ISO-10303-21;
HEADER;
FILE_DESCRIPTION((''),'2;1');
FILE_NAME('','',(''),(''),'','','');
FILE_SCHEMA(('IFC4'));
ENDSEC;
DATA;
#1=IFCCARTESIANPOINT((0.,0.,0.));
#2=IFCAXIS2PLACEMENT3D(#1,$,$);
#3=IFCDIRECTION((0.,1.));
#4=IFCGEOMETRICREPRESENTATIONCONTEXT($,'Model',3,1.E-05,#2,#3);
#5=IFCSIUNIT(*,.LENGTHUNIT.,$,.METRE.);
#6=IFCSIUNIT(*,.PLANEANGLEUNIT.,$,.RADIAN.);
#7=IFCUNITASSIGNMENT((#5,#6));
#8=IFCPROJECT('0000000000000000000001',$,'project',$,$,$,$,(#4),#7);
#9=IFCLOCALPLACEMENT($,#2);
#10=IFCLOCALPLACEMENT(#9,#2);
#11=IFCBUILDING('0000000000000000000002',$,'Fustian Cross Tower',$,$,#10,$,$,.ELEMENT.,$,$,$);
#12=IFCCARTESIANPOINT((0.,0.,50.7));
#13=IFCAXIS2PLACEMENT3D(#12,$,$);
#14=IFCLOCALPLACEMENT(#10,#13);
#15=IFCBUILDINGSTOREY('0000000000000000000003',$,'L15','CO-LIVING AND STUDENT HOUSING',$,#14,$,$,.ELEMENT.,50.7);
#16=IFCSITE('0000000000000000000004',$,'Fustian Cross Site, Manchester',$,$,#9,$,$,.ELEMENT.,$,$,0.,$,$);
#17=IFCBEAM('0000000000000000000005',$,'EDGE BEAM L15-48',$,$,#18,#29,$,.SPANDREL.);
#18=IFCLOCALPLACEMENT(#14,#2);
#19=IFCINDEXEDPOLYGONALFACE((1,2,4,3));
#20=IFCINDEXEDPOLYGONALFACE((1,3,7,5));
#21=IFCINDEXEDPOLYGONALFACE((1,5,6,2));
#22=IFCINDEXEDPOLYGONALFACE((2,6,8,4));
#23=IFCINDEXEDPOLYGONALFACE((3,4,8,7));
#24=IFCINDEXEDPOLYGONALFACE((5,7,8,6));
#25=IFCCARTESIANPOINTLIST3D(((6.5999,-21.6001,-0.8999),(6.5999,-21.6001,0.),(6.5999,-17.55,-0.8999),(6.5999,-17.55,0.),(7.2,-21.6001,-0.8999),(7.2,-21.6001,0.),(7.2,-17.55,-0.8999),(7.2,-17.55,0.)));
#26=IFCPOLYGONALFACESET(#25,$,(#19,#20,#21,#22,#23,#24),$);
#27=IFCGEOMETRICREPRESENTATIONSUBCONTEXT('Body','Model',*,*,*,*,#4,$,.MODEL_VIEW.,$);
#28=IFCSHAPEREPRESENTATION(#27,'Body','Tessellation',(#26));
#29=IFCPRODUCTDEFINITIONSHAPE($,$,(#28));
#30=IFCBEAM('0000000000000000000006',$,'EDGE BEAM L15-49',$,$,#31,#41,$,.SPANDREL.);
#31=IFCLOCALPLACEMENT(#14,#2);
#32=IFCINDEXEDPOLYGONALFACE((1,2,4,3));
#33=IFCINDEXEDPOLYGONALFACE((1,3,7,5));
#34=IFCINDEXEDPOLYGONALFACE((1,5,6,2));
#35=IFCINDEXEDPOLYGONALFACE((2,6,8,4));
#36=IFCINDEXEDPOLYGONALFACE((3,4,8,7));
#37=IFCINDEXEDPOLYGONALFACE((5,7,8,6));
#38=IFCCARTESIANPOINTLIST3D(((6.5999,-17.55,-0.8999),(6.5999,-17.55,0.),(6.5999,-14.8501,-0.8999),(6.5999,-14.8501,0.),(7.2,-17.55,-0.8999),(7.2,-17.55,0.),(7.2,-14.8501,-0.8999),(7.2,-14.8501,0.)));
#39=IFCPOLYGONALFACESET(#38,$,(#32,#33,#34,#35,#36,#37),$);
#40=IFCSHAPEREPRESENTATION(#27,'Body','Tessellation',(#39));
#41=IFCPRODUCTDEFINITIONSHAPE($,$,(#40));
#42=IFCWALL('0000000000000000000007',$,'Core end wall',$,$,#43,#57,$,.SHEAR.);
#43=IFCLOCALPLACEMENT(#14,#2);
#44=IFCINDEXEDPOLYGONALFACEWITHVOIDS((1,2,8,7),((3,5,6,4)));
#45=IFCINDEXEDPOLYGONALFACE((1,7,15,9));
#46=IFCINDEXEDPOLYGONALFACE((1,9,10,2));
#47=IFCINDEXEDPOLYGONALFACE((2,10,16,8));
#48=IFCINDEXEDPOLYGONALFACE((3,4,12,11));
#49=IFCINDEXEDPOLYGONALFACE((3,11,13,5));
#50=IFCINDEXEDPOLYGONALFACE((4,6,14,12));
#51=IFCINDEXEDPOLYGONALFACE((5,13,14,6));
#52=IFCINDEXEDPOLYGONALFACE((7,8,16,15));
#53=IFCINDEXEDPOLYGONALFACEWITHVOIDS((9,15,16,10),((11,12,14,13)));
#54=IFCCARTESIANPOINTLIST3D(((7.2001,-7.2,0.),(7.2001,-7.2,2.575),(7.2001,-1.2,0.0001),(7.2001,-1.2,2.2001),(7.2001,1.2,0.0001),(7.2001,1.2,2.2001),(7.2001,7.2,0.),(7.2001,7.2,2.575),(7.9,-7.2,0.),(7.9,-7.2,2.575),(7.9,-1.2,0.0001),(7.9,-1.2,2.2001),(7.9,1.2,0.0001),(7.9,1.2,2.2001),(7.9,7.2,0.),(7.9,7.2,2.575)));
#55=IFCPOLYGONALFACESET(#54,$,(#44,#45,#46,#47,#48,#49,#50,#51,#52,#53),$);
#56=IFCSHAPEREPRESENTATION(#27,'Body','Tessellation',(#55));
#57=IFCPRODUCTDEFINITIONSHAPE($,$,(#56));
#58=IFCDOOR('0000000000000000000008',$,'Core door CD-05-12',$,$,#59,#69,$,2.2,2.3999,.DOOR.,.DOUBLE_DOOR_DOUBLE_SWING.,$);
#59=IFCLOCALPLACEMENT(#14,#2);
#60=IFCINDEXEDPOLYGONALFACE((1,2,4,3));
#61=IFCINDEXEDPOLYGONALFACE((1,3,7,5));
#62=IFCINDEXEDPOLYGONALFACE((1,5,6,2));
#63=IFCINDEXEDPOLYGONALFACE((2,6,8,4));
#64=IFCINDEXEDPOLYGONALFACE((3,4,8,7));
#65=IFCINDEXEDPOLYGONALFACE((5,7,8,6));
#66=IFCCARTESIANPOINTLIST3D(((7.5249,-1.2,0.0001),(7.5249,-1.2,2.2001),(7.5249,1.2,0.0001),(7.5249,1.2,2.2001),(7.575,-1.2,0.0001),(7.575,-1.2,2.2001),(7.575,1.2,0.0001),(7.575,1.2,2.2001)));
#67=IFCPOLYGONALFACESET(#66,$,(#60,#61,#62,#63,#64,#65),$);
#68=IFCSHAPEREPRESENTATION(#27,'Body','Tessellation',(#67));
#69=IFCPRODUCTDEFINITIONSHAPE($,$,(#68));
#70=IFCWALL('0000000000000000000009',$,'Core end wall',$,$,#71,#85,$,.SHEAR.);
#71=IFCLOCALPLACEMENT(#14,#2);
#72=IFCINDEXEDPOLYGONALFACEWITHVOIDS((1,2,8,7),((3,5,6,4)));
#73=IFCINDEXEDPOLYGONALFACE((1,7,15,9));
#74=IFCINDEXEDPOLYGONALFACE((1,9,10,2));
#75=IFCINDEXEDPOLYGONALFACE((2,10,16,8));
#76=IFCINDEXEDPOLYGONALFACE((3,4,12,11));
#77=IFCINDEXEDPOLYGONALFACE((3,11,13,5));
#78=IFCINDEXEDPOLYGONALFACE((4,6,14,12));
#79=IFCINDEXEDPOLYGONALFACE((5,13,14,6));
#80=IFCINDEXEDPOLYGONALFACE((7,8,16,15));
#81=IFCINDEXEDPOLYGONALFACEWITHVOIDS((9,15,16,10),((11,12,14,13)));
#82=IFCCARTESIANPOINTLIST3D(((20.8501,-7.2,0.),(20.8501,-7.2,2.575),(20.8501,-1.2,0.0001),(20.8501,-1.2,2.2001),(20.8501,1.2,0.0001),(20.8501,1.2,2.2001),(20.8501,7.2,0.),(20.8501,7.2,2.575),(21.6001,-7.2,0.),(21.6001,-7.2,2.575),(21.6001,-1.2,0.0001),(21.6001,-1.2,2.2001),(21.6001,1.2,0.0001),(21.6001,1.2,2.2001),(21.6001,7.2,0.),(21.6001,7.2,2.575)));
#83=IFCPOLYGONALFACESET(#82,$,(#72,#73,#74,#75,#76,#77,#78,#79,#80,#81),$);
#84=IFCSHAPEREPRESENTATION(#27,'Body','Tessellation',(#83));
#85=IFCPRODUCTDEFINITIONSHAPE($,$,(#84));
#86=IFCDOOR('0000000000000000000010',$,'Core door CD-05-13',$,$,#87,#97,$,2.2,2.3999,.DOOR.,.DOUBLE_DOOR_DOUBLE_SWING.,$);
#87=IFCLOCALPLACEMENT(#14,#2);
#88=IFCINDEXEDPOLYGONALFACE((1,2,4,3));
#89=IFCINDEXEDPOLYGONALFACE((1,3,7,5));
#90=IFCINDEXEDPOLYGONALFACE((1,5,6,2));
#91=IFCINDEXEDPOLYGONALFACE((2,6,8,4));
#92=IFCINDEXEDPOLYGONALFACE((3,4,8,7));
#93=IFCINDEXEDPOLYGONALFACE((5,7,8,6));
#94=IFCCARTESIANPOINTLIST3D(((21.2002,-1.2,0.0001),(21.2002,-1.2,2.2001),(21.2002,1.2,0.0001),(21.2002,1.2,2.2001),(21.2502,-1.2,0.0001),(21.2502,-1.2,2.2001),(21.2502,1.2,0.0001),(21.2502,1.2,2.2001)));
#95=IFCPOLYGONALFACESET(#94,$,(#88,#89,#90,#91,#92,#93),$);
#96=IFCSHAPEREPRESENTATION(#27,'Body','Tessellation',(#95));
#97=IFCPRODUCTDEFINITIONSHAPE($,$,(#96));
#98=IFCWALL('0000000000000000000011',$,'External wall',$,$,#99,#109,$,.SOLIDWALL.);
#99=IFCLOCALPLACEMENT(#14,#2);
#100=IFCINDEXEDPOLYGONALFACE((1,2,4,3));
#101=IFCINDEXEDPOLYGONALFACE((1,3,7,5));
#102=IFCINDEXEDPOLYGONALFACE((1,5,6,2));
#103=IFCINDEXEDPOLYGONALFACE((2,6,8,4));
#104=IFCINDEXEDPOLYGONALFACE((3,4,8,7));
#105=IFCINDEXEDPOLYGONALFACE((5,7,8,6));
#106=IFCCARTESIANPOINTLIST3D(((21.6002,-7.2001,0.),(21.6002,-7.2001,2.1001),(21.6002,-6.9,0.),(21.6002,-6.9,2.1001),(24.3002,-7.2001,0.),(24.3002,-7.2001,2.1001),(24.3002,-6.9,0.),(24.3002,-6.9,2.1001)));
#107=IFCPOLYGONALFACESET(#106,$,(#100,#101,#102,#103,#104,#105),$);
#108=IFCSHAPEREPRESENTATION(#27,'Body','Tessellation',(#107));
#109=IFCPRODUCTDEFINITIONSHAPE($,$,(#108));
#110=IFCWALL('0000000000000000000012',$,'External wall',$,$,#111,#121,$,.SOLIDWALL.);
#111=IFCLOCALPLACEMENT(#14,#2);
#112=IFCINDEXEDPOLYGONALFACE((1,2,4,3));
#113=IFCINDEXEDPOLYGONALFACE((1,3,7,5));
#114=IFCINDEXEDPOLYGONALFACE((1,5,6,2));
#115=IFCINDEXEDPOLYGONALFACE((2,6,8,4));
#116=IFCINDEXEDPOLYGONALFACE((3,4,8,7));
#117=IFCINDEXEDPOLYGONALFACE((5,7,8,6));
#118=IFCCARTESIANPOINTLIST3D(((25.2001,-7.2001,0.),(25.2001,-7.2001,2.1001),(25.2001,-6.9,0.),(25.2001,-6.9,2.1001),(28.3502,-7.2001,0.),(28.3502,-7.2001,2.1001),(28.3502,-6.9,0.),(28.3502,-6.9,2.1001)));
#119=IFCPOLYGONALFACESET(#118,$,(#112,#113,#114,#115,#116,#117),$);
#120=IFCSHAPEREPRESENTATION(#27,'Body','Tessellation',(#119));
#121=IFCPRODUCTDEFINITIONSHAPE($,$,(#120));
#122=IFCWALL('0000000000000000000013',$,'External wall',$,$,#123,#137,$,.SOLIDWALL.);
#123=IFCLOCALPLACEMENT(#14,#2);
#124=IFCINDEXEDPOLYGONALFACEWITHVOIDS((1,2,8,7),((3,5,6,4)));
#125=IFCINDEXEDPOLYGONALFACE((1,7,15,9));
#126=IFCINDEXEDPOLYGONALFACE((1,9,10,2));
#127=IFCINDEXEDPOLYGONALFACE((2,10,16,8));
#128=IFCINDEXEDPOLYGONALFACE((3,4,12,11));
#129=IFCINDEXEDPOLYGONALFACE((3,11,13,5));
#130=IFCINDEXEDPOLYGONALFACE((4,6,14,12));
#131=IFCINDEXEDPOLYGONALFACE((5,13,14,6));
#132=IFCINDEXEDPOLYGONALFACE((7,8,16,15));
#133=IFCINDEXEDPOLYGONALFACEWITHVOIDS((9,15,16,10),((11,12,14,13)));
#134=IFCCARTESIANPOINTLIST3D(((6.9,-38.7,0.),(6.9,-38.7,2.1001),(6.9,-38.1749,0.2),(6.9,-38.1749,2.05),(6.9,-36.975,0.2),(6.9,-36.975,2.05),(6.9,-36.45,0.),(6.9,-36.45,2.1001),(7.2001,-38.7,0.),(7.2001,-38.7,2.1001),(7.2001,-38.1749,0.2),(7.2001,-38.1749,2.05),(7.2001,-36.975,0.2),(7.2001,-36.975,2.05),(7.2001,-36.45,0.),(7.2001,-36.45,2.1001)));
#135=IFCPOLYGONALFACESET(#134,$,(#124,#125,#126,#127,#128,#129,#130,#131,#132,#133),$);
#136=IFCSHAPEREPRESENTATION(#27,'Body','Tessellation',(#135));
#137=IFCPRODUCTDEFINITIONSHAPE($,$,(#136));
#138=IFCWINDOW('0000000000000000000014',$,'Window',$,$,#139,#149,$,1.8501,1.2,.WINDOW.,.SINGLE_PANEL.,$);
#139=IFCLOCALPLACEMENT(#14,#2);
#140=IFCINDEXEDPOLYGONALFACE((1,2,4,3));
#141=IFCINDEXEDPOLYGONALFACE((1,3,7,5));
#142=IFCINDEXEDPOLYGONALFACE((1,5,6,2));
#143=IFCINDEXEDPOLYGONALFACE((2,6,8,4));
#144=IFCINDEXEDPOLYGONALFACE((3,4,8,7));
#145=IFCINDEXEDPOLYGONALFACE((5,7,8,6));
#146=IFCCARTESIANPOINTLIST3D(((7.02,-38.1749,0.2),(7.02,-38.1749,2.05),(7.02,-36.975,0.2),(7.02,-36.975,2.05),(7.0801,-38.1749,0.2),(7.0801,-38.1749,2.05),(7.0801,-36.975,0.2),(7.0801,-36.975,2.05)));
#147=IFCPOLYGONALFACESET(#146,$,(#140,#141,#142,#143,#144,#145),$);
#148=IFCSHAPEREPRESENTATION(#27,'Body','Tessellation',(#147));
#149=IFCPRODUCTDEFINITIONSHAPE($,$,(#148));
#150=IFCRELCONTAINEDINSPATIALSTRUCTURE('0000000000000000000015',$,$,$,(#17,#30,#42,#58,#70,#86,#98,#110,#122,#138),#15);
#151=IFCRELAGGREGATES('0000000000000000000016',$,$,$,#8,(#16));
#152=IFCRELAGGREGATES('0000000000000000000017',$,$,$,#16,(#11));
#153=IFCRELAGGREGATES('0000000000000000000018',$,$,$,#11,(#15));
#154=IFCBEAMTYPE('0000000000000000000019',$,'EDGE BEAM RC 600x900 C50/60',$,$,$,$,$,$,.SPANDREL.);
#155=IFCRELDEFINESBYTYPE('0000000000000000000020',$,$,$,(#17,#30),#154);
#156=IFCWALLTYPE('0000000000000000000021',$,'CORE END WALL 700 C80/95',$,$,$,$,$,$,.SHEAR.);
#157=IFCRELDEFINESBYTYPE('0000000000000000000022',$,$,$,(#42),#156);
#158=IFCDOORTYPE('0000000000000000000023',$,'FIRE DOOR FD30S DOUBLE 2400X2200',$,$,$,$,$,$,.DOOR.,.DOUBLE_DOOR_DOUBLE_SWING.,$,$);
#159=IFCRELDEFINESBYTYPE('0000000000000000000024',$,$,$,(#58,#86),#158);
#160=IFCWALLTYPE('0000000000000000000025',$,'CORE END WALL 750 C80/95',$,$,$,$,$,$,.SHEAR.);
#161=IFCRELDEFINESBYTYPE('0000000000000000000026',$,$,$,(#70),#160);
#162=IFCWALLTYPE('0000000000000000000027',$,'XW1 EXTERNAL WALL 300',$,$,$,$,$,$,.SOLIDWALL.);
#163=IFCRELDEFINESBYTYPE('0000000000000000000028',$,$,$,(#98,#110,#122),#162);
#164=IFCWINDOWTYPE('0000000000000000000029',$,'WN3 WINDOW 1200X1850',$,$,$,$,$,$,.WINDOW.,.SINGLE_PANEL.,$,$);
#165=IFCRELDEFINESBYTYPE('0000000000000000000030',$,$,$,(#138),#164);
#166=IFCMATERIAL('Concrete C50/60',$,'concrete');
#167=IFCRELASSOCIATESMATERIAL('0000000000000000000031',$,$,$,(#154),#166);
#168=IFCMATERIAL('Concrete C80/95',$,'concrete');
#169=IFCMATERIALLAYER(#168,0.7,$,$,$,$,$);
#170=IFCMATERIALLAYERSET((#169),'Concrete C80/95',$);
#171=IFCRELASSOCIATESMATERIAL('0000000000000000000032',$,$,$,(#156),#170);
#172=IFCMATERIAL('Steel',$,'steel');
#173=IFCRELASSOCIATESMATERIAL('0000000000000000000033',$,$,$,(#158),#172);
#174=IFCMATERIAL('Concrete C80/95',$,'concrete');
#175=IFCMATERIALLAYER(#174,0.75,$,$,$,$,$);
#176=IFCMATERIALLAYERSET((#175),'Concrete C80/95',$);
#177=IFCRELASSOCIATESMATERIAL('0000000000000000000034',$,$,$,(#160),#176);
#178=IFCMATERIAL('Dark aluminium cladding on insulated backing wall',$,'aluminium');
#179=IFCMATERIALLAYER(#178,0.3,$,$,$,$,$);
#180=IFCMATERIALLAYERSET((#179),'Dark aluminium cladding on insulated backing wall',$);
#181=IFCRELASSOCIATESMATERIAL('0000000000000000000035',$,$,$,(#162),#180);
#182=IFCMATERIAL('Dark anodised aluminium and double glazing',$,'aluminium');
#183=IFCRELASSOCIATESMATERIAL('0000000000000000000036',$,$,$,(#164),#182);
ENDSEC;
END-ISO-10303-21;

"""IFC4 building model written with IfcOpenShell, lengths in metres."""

from ifc_helpers import new_model, si_unit, direction, frame, frame_2d, origin, origin_2d, place, context, subcontext, project, spatial, rectangle, extrude, material, layer, layer_set, material_profile, profile_set, type_object, element, fill, save


model = new_model("IFC4")

# Units and contexts
model_context = context("Model", 3, precision=1e-05, world=origin(), true_north=direction((0.0, 1.0)))
body_context = subcontext(model_context, "Body", "Model", "MODEL_VIEW")
ifc_project = project(units=[si_unit("LENGTHUNIT", "METRE"), si_unit("PLANEANGLEUNIT", "RADIAN")], contexts=[model_context])

# Site, building, storey
site_placement = place(None, origin())
site = spatial("IfcSite", under=ifc_project, at=site_placement, Name="Fustian Cross Site, Manchester", CompositionType="ELEMENT", RefElevation=0.0)
building_placement = place(site_placement, origin())
building = spatial("IfcBuilding", under=site, at=building_placement, Name="Fustian Cross Tower", CompositionType="ELEMENT")
storey_placement = place(building_placement, frame((0.0, 0.0, 50.7)))
storey = spatial("IfcBuildingStorey", under=building, at=storey_placement, Name="L15", Description="CO-LIVING AND STUDENT HOUSING", CompositionType="ELEMENT", Elevation=50.7)

# Beams
ifc_material_1 = material(Name="Concrete C50/60", Category="concrete")
ifc_material_profile = material_profile(ifc_material_1, rectangle(XDim=0.6001, YDim=0.8999, at=origin_2d()), Name="RC 600x900")
ifc_profile_set = profile_set([ifc_material_profile], Name="Concrete C50/60")
beam_type = type_object("IfcBeamType", Name="EDGE BEAM RC 600x900 C50/60", PredefinedType="SPANDREL", material=ifc_profile_set)
beam_1_placement = place(storey_placement, frame((6.8999, -21.6001, -0.45), z_axis=(0.0, 1.0, 0.0), x_axis=(-1.0, 0.0, 0.0)))
element("IfcBeam", 1, at=beam_1_placement, inside=storey, type_object=beam_type, Name="EDGE BEAM L15-48", PredefinedType="SPANDREL", context=body_context, shape_type="SweptSolid", body=[
    extrude(rectangle(XDim=0.6001, YDim=0.8999, at=origin_2d()), origin(), (0.0, 0.0, 1.0), 4.05),
])
beam_2_placement = place(storey_placement, frame((6.8999, -17.55, -0.45), z_axis=(0.0, 1.0, 0.0), x_axis=(-1.0, 0.0, 0.0)))
element("IfcBeam", 2, at=beam_2_placement, inside=storey, type_object=beam_type, Name="EDGE BEAM L15-49", PredefinedType="SPANDREL", context=body_context, shape_type="SweptSolid", body=[
    extrude(rectangle(XDim=0.6001, YDim=0.8999, at=origin_2d()), origin(), (0.0, 0.0, 1.0), 2.7),
])

# Walls, openings, doors
ifc_material_2 = material(Name="Concrete C80/95", Category="concrete")
ifc_layer_1 = layer(ifc_material_2, 0.7)
ifc_layer_set_1 = layer_set([ifc_layer_1], Name="Concrete C80/95")
wall_type_1 = type_object("IfcWallType", Name="CORE END WALL 700 C80/95", PredefinedType="SHEAR", material=ifc_layer_set_1)
wall_1_placement = place(storey_placement, frame((7.55, -7.2, 0.0), z_axis=(0.0, 0.0, 1.0), x_axis=(0.0, 1.0, 0.0)))
wall_1 = element("IfcWall", 3, at=wall_1_placement, inside=storey, type_object=wall_type_1, Name="Core end wall", PredefinedType="SHEAR", context=body_context, shape_type="SweptSolid", body=[
    extrude(rectangle(XDim=14.3999, YDim=0.7, at=frame_2d((7.2, 0.0))), origin(), (0.0, 0.0, 1.0), 2.575),
])
opening_1_placement = place(wall_1_placement, frame((6.0, 0.0, 0.0)))
opening_1 = element("IfcOpeningElement", 4, at=opening_1_placement, cuts=wall_1, PredefinedType="OPENING", context=body_context, shape_type="SweptSolid", body=[
    extrude(rectangle(XDim=2.3999, YDim=2.2, at=frame_2d((1.2, 1.1001))), frame((0.0, 0.3599, 0.0), z_axis=(0.0, -1.0, 0.0), x_axis=(1.0, 0.0, 0.0)), (0.0, 0.0, 1.0), 0.72),
])
ifc_material_3 = material(Name="Steel", Category="steel")
door_type = type_object("IfcDoorType", Name="FIRE DOOR FD30S DOUBLE 2400X2200", OperationType="DOUBLE_DOOR_DOUBLE_SWING", PredefinedType="DOOR", material=ifc_material_3)
door_1_placement = place(opening_1_placement, frame((2.3999, 0.0, 0.0), z_axis=(0.0, 0.0, 1.0), x_axis=(-1.0, 0.0, 0.0)))
door_1 = element("IfcDoor", 5, at=door_1_placement, inside=storey, type_object=door_type, Name="Core door CD-05-12", OperationType="DOUBLE_DOOR_DOUBLE_SWING", OverallHeight=2.2, OverallWidth=2.3999, PredefinedType="DOOR", context=body_context, shape_type="SweptSolid", body=[
    extrude(rectangle(XDim=2.3999, YDim=2.2, at=frame_2d((1.2, 1.1001))), frame((0.0, 0.0249, 0.0), z_axis=(0.0, -1.0, 0.0), x_axis=(1.0, 0.0, 0.0)), (0.0, 0.0, 1.0), 0.05),
])
fill(opening_1, door_1)
ifc_material_4 = material(Name="Concrete C80/95", Category="concrete")
ifc_layer_2 = layer(ifc_material_4, 0.75)
ifc_layer_set_2 = layer_set([ifc_layer_2], Name="Concrete C80/95")
wall_type_2 = type_object("IfcWallType", Name="CORE END WALL 750 C80/95", PredefinedType="SHEAR", material=ifc_layer_set_2)
wall_2_placement = place(storey_placement, frame((21.2251, -7.2, 0.0), z_axis=(0.0, 0.0, 1.0), x_axis=(0.0, 1.0, 0.0)))
wall_2 = element("IfcWall", 6, at=wall_2_placement, inside=storey, type_object=wall_type_2, Name="Core end wall", PredefinedType="SHEAR", context=body_context, shape_type="SweptSolid", body=[
    extrude(rectangle(XDim=14.3999, YDim=0.75, at=frame_2d((7.2, 0.0))), origin(), (0.0, 0.0, 1.0), 2.575),
])
opening_2_placement = place(wall_2_placement, frame((6.0, 0.0, 0.0)))
opening_2 = element("IfcOpeningElement", 7, at=opening_2_placement, cuts=wall_2, PredefinedType="OPENING", context=body_context, shape_type="SweptSolid", body=[
    extrude(rectangle(XDim=2.3999, YDim=2.2, at=frame_2d((1.2, 1.1001))), frame((0.0, 0.385, 0.0), z_axis=(0.0, -1.0, 0.0), x_axis=(1.0, 0.0, 0.0)), (0.0, 0.0, 1.0), 0.77),
])
door_2_placement = place(opening_2_placement, origin())
door_2 = element("IfcDoor", 8, at=door_2_placement, inside=storey, type_object=door_type, Name="Core door CD-05-13", OperationType="DOUBLE_DOOR_DOUBLE_SWING", OverallHeight=2.2, OverallWidth=2.3999, PredefinedType="DOOR", context=body_context, shape_type="SweptSolid", body=[
    extrude(rectangle(XDim=2.3999, YDim=2.2, at=frame_2d((1.2, 1.1001))), frame((0.0, 0.0249, 0.0), z_axis=(0.0, -1.0, 0.0), x_axis=(1.0, 0.0, 0.0)), (0.0, 0.0, 1.0), 0.05),
])
fill(opening_2, door_2)

# Walls
ifc_material_5 = material(Name="Dark aluminium cladding on insulated backing wall", Category="aluminium")
ifc_layer_3 = layer(ifc_material_5, 0.3)
ifc_layer_set_3 = layer_set([ifc_layer_3], Name="Dark aluminium cladding on insulated backing wall")
wall_type_3 = type_object("IfcWallType", Name="XW1 EXTERNAL WALL 300", PredefinedType="SOLIDWALL", material=ifc_layer_set_3)
wall_3_placement = place(storey_placement, frame((21.6001, -7.05, 0.0), z_axis=(0.0, 0.0, 1.0), x_axis=(1.0, 0.0, 0.0)))
element("IfcWall", 9, at=wall_3_placement, inside=storey, type_object=wall_type_3, Name="External wall", PredefinedType="SOLIDWALL", context=body_context, shape_type="SweptSolid", body=[
    extrude(rectangle(XDim=2.7, YDim=0.3, at=frame_2d((1.3501, 0.0))), origin(), (0.0, 0.0, 1.0), 2.1001),
])
wall_4_placement = place(storey_placement, frame((25.2, -7.05, 0.0), z_axis=(0.0, 0.0, 1.0), x_axis=(1.0, 0.0, 0.0)))
element("IfcWall", 10, at=wall_4_placement, inside=storey, type_object=wall_type_3, Name="External wall", PredefinedType="SOLIDWALL", context=body_context, shape_type="SweptSolid", body=[
    extrude(rectangle(XDim=3.1501, YDim=0.3, at=frame_2d((1.5752, 0.0))), origin(), (0.0, 0.0, 1.0), 2.1001),
])

# Wall, opening, window
wall_5_placement = place(storey_placement, frame((7.05, -38.7, 0.0), z_axis=(0.0, 0.0, 1.0), x_axis=(0.0, 1.0, 0.0)))
wall_5 = element("IfcWall", 11, at=wall_5_placement, inside=storey, type_object=wall_type_3, Name="External wall", PredefinedType="SOLIDWALL", context=body_context, shape_type="SweptSolid", body=[
    extrude(rectangle(XDim=2.25, YDim=0.3, at=frame_2d((1.125, 0.0))), origin(), (0.0, 0.0, 1.0), 2.1001),
])
opening_3_placement = place(wall_5_placement, frame((0.5249, 0.0, 0.2)))
opening_3 = element("IfcOpeningElement", 12, at=opening_3_placement, cuts=wall_5, PredefinedType="OPENING", context=body_context, shape_type="SweptSolid", body=[
    extrude(rectangle(XDim=1.2, YDim=1.8501, at=frame_2d((0.6001, 0.925))), frame((0.0, 0.1599, 0.0), z_axis=(0.0, -1.0, 0.0), x_axis=(1.0, 0.0, 0.0)), (0.0, 0.0, 1.0), 0.3201),
])
ifc_material_6 = material(Name="Dark anodised aluminium and double glazing", Category="aluminium")
window_type_1 = type_object("IfcWindowType", Name="WN3 WINDOW 1200X1850", PartitioningType="SINGLE_PANEL", PredefinedType="WINDOW", material=ifc_material_6)
window_1_placement = place(opening_3_placement, origin())
window_1 = element("IfcWindow", 13, at=window_1_placement, inside=storey, type_object=window_type_1, Name="Window", OverallHeight=1.8501, OverallWidth=1.2, PartitioningType="SINGLE_PANEL", PredefinedType="WINDOW", context=body_context, shape_type="SweptSolid", body=[
    extrude(rectangle(XDim=1.2, YDim=1.8501, at=frame_2d((0.6001, 0.925))), frame((0.0, 0.03, 0.0), z_axis=(0.0, -1.0, 0.0), x_axis=(1.0, 0.0, 0.0)), (0.0, 0.0, 1.0), 0.0601),
])
fill(opening_3, window_1)

save(model, "model.ifc")
